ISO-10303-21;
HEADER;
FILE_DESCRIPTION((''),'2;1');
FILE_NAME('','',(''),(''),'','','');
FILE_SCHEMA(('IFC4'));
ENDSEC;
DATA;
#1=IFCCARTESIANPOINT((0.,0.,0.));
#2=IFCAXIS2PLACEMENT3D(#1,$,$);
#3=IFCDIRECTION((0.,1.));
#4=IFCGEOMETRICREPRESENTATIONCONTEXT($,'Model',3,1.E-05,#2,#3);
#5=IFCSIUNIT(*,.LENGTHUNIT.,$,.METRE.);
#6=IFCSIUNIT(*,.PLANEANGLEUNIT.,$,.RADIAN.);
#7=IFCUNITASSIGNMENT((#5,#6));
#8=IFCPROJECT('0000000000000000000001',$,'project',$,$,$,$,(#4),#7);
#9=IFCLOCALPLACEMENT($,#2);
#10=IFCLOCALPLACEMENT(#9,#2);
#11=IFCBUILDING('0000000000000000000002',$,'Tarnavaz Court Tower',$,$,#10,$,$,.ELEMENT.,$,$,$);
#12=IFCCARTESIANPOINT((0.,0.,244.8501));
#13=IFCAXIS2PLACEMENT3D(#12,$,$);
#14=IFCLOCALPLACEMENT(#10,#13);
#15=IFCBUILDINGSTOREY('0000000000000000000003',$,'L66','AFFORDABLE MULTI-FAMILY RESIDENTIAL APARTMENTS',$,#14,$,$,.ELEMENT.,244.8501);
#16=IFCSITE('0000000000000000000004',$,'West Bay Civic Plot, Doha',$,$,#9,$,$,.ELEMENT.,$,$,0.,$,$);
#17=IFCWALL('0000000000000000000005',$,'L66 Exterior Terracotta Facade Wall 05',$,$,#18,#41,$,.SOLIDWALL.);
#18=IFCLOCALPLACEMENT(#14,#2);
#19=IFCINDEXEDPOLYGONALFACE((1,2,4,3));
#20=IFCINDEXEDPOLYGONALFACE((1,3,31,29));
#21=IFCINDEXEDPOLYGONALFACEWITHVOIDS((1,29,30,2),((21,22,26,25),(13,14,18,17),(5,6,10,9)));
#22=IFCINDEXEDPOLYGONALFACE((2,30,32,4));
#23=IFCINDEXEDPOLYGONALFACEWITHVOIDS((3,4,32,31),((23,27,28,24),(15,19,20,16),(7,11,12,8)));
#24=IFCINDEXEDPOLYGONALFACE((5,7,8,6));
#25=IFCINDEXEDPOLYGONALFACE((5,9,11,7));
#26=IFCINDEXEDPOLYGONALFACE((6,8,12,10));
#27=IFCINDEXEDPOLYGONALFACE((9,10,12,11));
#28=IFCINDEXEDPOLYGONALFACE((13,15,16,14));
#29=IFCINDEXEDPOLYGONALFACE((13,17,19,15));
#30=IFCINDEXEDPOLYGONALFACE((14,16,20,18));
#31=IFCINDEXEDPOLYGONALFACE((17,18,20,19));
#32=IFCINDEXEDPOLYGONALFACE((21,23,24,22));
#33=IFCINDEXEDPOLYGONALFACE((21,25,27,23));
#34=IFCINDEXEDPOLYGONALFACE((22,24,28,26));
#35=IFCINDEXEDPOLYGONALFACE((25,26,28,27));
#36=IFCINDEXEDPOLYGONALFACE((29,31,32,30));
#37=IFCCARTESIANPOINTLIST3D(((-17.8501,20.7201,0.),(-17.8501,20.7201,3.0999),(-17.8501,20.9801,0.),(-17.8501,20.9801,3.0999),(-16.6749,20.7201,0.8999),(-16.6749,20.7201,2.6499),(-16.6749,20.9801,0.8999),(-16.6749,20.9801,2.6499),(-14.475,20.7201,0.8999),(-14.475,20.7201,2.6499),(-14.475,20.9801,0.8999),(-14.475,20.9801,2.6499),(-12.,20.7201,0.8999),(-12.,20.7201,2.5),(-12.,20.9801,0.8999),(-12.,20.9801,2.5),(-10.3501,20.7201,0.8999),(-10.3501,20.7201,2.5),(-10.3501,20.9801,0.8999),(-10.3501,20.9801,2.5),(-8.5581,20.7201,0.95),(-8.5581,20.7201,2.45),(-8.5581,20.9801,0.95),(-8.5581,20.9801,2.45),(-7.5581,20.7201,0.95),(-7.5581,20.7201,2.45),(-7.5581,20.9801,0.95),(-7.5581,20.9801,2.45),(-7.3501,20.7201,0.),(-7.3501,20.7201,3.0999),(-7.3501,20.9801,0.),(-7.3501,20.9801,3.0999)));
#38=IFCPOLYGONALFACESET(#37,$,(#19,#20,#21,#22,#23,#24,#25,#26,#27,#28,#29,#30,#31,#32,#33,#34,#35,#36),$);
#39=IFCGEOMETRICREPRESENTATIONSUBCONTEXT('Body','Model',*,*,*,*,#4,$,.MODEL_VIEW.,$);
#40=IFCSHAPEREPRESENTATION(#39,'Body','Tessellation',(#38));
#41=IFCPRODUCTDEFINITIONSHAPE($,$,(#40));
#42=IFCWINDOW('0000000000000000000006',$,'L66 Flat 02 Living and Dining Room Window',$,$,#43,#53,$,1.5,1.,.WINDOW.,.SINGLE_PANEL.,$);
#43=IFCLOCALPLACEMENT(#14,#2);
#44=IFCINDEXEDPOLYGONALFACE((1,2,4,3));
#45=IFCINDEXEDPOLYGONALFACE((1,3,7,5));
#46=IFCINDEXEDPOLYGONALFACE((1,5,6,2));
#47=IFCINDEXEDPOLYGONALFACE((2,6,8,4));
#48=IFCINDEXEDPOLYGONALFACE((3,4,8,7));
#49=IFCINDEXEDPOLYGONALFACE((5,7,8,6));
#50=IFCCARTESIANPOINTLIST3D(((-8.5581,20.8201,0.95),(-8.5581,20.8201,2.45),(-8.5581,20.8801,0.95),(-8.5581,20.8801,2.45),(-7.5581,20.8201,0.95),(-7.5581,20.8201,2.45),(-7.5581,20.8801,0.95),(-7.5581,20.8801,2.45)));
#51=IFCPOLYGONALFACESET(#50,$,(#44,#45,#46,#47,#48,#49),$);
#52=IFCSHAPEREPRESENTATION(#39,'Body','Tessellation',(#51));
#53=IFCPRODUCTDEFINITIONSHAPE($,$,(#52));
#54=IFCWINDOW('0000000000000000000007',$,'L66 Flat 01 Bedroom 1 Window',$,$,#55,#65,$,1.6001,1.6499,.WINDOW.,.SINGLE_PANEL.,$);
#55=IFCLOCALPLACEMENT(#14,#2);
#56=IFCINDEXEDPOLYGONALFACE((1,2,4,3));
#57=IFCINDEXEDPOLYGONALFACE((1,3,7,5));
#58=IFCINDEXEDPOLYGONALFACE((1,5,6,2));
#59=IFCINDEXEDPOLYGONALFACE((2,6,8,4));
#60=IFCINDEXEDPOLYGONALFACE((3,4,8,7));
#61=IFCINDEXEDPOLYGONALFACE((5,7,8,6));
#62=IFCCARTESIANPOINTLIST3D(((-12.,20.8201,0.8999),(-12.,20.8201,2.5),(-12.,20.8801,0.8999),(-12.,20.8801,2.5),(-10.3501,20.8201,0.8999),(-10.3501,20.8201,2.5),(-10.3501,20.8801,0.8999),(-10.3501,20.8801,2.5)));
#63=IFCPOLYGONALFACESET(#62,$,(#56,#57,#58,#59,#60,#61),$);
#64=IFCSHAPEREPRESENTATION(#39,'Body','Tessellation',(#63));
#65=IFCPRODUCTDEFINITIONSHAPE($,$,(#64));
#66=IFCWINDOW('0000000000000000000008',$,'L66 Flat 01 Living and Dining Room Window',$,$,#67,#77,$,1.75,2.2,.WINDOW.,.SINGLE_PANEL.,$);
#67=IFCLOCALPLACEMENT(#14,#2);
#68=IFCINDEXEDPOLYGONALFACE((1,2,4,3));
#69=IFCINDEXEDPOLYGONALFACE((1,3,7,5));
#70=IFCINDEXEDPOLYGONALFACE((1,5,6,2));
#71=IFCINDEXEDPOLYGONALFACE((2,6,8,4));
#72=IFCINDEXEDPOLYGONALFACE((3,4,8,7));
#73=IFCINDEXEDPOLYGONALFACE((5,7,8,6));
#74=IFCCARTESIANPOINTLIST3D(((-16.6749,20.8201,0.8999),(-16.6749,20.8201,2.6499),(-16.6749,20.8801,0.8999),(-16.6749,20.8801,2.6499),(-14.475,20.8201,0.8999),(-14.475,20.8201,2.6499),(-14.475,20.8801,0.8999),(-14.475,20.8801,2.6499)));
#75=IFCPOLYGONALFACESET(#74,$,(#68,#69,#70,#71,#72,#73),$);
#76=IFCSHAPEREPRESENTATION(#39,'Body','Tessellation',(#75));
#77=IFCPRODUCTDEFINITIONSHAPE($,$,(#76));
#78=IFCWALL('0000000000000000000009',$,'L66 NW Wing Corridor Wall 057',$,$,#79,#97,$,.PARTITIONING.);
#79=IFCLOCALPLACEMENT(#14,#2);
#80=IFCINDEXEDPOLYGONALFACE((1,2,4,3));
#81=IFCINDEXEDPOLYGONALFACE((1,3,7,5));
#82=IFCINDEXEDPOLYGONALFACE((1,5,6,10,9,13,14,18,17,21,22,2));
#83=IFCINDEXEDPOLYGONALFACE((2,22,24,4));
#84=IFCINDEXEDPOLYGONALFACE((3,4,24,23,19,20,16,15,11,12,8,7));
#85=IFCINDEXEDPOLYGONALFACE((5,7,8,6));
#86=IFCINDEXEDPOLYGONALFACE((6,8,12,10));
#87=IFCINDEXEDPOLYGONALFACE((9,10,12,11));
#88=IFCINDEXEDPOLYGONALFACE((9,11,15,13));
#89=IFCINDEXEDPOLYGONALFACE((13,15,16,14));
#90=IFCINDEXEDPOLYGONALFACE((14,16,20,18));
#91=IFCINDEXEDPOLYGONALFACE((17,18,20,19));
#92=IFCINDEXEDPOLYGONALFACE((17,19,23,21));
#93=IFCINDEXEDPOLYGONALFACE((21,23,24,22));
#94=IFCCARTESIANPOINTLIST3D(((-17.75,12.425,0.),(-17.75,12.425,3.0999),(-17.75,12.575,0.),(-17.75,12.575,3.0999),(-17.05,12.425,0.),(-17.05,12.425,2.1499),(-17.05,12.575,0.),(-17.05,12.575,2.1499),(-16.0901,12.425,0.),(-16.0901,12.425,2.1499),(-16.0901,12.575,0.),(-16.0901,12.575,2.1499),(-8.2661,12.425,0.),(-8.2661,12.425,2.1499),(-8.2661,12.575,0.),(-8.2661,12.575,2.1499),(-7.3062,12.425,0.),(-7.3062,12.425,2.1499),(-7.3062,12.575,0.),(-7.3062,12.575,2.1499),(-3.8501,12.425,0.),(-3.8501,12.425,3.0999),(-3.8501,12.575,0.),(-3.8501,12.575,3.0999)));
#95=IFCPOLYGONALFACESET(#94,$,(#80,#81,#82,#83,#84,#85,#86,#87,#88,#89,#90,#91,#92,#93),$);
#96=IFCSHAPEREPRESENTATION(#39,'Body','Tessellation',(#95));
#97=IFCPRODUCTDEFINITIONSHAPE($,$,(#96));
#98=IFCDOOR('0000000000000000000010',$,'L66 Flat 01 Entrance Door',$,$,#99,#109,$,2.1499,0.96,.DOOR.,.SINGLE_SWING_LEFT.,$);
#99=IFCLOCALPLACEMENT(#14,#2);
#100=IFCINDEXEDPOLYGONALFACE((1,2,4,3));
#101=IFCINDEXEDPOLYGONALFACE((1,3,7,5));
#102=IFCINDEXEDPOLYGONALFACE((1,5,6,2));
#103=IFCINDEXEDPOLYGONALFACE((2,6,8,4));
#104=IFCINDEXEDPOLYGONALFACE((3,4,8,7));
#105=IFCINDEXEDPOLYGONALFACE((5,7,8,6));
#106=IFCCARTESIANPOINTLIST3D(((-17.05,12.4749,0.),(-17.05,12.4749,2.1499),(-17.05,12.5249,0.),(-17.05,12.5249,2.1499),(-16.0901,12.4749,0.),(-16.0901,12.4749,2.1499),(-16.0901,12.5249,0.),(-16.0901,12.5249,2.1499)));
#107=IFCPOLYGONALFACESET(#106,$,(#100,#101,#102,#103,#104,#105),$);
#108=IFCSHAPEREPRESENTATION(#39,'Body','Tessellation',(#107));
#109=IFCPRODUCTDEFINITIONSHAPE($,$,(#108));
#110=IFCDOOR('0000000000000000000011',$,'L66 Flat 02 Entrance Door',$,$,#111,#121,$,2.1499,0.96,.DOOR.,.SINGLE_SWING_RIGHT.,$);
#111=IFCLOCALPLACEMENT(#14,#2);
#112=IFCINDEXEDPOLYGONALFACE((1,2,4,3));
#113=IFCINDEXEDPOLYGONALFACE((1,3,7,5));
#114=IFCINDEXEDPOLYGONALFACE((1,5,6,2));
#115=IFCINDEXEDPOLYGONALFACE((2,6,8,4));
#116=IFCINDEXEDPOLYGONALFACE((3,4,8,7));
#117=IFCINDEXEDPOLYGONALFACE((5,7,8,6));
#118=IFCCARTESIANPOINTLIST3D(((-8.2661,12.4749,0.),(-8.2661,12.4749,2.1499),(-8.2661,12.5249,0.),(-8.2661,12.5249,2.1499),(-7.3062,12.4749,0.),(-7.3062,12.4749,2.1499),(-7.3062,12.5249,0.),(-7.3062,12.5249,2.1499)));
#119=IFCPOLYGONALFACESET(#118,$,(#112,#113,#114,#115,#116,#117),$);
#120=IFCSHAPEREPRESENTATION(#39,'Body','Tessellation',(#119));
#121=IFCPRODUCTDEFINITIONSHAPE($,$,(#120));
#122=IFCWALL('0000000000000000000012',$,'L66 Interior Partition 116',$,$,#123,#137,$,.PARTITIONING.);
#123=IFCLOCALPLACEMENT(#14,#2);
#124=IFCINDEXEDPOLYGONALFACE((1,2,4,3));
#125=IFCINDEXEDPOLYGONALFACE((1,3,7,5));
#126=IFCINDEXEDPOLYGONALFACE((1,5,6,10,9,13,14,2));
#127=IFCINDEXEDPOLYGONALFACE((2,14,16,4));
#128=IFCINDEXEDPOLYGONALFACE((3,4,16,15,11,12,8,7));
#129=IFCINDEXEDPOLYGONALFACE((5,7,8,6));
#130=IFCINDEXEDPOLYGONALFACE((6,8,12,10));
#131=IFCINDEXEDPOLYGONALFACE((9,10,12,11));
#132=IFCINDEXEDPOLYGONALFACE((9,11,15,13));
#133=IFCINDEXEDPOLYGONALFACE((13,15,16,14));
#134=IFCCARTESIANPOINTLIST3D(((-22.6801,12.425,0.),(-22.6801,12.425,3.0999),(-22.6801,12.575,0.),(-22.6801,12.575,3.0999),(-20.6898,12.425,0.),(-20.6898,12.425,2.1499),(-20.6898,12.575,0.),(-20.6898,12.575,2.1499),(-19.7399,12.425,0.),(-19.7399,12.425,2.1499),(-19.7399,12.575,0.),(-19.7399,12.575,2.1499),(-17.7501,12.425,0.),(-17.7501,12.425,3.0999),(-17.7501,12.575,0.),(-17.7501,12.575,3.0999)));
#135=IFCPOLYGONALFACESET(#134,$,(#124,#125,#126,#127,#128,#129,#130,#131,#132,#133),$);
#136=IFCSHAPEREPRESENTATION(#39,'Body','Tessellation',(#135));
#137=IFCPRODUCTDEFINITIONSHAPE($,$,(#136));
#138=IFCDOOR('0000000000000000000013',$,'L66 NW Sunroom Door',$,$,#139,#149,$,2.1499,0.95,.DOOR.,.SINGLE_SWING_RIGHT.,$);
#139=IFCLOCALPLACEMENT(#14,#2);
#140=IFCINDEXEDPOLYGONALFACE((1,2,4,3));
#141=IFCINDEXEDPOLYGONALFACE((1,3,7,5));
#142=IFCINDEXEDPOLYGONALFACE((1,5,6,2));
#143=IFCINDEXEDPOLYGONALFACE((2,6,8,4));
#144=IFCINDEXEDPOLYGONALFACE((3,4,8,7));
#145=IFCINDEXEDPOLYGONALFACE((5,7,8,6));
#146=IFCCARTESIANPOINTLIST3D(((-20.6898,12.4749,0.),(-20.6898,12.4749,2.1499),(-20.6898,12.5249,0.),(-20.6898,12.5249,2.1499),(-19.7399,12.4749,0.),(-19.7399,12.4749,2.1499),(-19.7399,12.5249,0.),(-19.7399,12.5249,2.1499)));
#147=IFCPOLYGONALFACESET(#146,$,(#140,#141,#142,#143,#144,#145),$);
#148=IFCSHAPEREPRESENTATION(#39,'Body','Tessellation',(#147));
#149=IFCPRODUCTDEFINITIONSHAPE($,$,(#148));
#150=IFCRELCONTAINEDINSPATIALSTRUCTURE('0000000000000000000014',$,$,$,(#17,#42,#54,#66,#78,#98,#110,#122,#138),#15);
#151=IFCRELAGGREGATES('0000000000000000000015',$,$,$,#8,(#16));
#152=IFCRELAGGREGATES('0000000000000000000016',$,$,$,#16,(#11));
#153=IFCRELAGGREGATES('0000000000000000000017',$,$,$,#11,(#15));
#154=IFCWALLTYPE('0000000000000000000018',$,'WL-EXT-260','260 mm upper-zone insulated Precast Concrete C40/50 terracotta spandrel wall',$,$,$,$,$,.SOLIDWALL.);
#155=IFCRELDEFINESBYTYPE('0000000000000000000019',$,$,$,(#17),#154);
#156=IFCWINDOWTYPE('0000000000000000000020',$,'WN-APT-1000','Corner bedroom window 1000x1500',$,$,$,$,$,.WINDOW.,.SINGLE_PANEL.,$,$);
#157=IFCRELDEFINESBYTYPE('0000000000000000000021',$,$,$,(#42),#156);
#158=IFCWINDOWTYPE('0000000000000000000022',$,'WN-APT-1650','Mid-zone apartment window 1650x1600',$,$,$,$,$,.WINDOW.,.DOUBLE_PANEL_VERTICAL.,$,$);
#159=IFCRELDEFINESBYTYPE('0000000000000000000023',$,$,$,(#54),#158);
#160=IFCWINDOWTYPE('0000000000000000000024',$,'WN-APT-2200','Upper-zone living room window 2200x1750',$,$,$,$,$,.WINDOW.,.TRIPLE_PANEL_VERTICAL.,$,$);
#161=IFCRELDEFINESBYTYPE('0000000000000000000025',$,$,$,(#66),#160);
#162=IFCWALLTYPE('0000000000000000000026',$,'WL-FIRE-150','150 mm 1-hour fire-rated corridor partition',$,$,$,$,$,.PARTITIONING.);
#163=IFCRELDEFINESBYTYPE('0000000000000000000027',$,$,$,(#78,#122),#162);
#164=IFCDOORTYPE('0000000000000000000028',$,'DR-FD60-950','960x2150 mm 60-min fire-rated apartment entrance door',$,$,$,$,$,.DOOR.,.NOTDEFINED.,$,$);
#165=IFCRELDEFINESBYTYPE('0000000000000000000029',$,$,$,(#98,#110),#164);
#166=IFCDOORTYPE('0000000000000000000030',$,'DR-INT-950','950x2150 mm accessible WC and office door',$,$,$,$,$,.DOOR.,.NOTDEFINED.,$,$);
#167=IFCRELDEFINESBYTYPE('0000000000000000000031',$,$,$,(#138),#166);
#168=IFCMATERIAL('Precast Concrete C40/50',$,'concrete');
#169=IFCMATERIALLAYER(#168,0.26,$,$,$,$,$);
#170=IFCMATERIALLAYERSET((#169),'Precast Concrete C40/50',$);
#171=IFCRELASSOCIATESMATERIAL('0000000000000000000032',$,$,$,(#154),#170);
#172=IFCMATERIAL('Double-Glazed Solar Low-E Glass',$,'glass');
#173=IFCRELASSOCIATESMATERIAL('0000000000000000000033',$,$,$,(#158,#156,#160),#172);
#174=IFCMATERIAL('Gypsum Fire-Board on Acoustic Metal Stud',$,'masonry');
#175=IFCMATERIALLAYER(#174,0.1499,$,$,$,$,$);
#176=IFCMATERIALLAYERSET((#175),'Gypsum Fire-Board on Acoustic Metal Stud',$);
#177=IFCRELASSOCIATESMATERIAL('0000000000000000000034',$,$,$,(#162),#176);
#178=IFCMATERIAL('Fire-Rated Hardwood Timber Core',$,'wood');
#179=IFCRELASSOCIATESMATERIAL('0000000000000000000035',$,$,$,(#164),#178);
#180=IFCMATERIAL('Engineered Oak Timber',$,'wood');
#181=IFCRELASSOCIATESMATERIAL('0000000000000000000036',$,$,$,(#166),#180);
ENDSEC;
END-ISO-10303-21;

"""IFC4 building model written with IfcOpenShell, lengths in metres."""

from ifc_helpers import new_model, si_unit, direction, frame, frame_2d, origin, place, context, subcontext, project, spatial, rectangle, extrude, material, layer, layer_set, type_object, element, fill, save


model = new_model("IFC4")

# Units and contexts
model_context = context("Model", 3, precision=1e-05, world=origin(), true_north=direction((0.0, 1.0)))
body_context = subcontext(model_context, "Body", "Model", "MODEL_VIEW")
ifc_project = project(units=[si_unit("LENGTHUNIT", "METRE"), si_unit("PLANEANGLEUNIT", "RADIAN")], contexts=[model_context])

# Site, building, storey
site_placement = place(None, origin())
site = spatial("IfcSite", under=ifc_project, at=site_placement, Name="West Bay Civic Plot, Doha", CompositionType="ELEMENT", RefElevation=0.0)
building_placement = place(site_placement, origin())
building = spatial("IfcBuilding", under=site, at=building_placement, Name="Tarnavaz Court Tower", CompositionType="ELEMENT")
storey_placement = place(building_placement, frame((0.0, 0.0, 244.8501)))
storey = spatial("IfcBuildingStorey", under=building, at=storey_placement, Name="L66", Description="AFFORDABLE MULTI-FAMILY RESIDENTIAL APARTMENTS", CompositionType="ELEMENT", Elevation=244.8501)

# Shared definitions
ifc_material_1 = material(Name="Precast Concrete C40/50", Category="concrete")
ifc_layer_1 = layer(ifc_material_1, 0.26)
ifc_layer_set_1 = layer_set([ifc_layer_1], Name="Precast Concrete C40/50")
wall_type_1 = type_object("IfcWallType", Name="WL-EXT-260", Description="260 mm upper-zone insulated Precast Concrete C40/50 terracotta spandrel wall", PredefinedType="SOLIDWALL", material=ifc_layer_set_1)
ifc_material_2 = material(Name="Double-Glazed Solar Low-E Glass", Category="glass")
window_type_1 = type_object("IfcWindowType", Name="WN-APT-1650", Description="Mid-zone apartment window 1650x1600", PartitioningType="DOUBLE_PANEL_VERTICAL", PredefinedType="WINDOW", material=ifc_material_2)

# Wall, openings, windows
wall_1_placement = place(storey_placement, frame((-17.8501, 20.8501, 0.0), z_axis=(0.0, 0.0, 1.0), x_axis=(1.0, 0.0, 0.0)))
wall_1 = element("IfcWall", 1, at=wall_1_placement, inside=storey, type_object=wall_type_1, Name="L66 Exterior Terracotta Facade Wall 05", PredefinedType="SOLIDWALL", context=body_context, shape_type="SweptSolid", body=[
    extrude(rectangle(XDim=10.5, YDim=0.26, at=frame_2d((5.25, 0.0))), origin(), (0.0, 0.0, 1.0), 3.0999),
])
opening_1_placement = place(wall_1_placement, frame((1.175, 0.0, 0.8999)))
opening_1 = element("IfcOpeningElement", 2, at=opening_1_placement, cuts=wall_1, PredefinedType="OPENING", context=body_context, shape_type="SweptSolid", body=[
    extrude(rectangle(XDim=2.2, YDim=1.75, at=frame_2d((1.1001, 0.875))), frame((0.0, 0.1399, 0.0), z_axis=(0.0, -1.0, 0.0), x_axis=(1.0, 0.0, 0.0)), (0.0, 0.0, 1.0), 0.28),
])
opening_2_placement = place(wall_1_placement, frame((5.8501, 0.0, 0.8999)))
opening_2 = element("IfcOpeningElement", 3, at=opening_2_placement, cuts=wall_1, PredefinedType="OPENING", context=body_context, shape_type="SweptSolid", body=[
    extrude(rectangle(XDim=1.6499, YDim=1.6001, at=frame_2d((0.825, 0.8))), frame((0.0, 0.1399, 0.0), z_axis=(0.0, -1.0, 0.0), x_axis=(1.0, 0.0, 0.0)), (0.0, 0.0, 1.0), 0.28),
])
opening_3_placement = place(wall_1_placement, frame((9.292, 0.0, 0.95)))
opening_3 = element("IfcOpeningElement", 4, at=opening_3_placement, cuts=wall_1, PredefinedType="OPENING", context=body_context, shape_type="SweptSolid", body=[
    extrude(rectangle(XDim=1.0, YDim=1.5, at=frame_2d((0.5, 0.75))), frame((0.0, 0.1399, 0.0), z_axis=(0.0, -1.0, 0.0), x_axis=(1.0, 0.0, 0.0)), (0.0, 0.0, 1.0), 0.28),
])
window_type_2 = type_object("IfcWindowType", Name="WN-APT-1000", Description="Corner bedroom window 1000x1500", PartitioningType="SINGLE_PANEL", PredefinedType="WINDOW", material=ifc_material_2)
window_1_placement = place(opening_3_placement, origin())
window_1 = element("IfcWindow", 5, at=window_1_placement, inside=storey, type_object=window_type_2, Name="L66 Flat 02 Living and Dining Room Window", OverallHeight=1.5, OverallWidth=1.0, PartitioningType="SINGLE_PANEL", PredefinedType="WINDOW", context=body_context, shape_type="SweptSolid", body=[
    extrude(rectangle(XDim=1.0, YDim=1.5, at=frame_2d((0.5, 0.75))), frame((0.0, 0.03, 0.0), z_axis=(0.0, -1.0, 0.0), x_axis=(1.0, 0.0, 0.0)), (0.0, 0.0, 1.0), 0.0601),
])
fill(opening_3, window_1)
window_2_placement = place(opening_2_placement, origin())
window_2 = element("IfcWindow", 6, at=window_2_placement, inside=storey, type_object=window_type_1, Name="L66 Flat 01 Bedroom 1 Window", OverallHeight=1.6001, OverallWidth=1.6499, PartitioningType="SINGLE_PANEL", PredefinedType="WINDOW", context=body_context, shape_type="SweptSolid", body=[
    extrude(rectangle(XDim=1.6499, YDim=1.6001, at=frame_2d((0.825, 0.8))), frame((0.0, 0.03, 0.0), z_axis=(0.0, -1.0, 0.0), x_axis=(1.0, 0.0, 0.0)), (0.0, 0.0, 1.0), 0.0601),
])
fill(opening_2, window_2)
window_type_3 = type_object("IfcWindowType", Name="WN-APT-2200", Description="Upper-zone living room window 2200x1750", PartitioningType="TRIPLE_PANEL_VERTICAL", PredefinedType="WINDOW", material=ifc_material_2)
window_3_placement = place(opening_1_placement, origin())
window_3 = element("IfcWindow", 7, at=window_3_placement, inside=storey, type_object=window_type_3, Name="L66 Flat 01 Living and Dining Room Window", OverallHeight=1.75, OverallWidth=2.2, PartitioningType="SINGLE_PANEL", PredefinedType="WINDOW", context=body_context, shape_type="SweptSolid", body=[
    extrude(rectangle(XDim=2.2, YDim=1.75, at=frame_2d((1.1001, 0.875))), frame((0.0, 0.03, 0.0), z_axis=(0.0, -1.0, 0.0), x_axis=(1.0, 0.0, 0.0)), (0.0, 0.0, 1.0), 0.0601),
])
fill(opening_1, window_3)

# Wall, openings, doors
ifc_material_3 = material(Name="Gypsum Fire-Board on Acoustic Metal Stud", Category="masonry")
ifc_layer_2 = layer(ifc_material_3, 0.1499)
ifc_layer_set_2 = layer_set([ifc_layer_2], Name="Gypsum Fire-Board on Acoustic Metal Stud")
wall_type_2 = type_object("IfcWallType", Name="WL-FIRE-150", Description="150 mm 1-hour fire-rated corridor partition", PredefinedType="PARTITIONING", material=ifc_layer_set_2)
wall_2_placement = place(storey_placement, frame((-17.75, 12.5, 0.0), z_axis=(0.0, 0.0, 1.0), x_axis=(1.0, 0.0, 0.0)))
wall_2 = element("IfcWall", 8, at=wall_2_placement, inside=storey, type_object=wall_type_2, Name="L66 NW Wing Corridor Wall 057", PredefinedType="PARTITIONING", context=body_context, shape_type="SweptSolid", body=[
    extrude(rectangle(XDim=13.8999, YDim=0.1499, at=frame_2d((6.95, 0.0))), origin(), (0.0, 0.0, 1.0), 3.0999),
])
opening_4_placement = place(wall_2_placement, frame((0.7, 0.0, 0.0)))
opening_4 = element("IfcOpeningElement", 9, at=opening_4_placement, cuts=wall_2, PredefinedType="OPENING", context=body_context, shape_type="SweptSolid", body=[
    extrude(rectangle(XDim=0.96, YDim=2.1499, at=frame_2d((0.48, 1.075))), frame((0.0, 0.085, 0.0), z_axis=(0.0, -1.0, 0.0), x_axis=(1.0, 0.0, 0.0)), (0.0, 0.0, 1.0), 0.1699),
])
opening_5_placement = place(wall_2_placement, frame((9.4839, 0.0, 0.0)))
opening_5 = element("IfcOpeningElement", 10, at=opening_5_placement, cuts=wall_2, PredefinedType="OPENING", context=body_context, shape_type="SweptSolid", body=[
    extrude(rectangle(XDim=0.96, YDim=2.1499, at=frame_2d((0.48, 1.075))), frame((0.0, 0.085, 0.0), z_axis=(0.0, -1.0, 0.0), x_axis=(1.0, 0.0, 0.0)), (0.0, 0.0, 1.0), 0.1699),
])
ifc_material_4 = material(Name="Fire-Rated Hardwood Timber Core", Category="wood")
door_type_1 = type_object("IfcDoorType", Name="DR-FD60-950", Description="960x2150 mm 60-min fire-rated apartment entrance door", OperationType="NOTDEFINED", PredefinedType="DOOR", material=ifc_material_4)
door_1_placement = place(opening_4_placement, origin())
door_1 = element("IfcDoor", 11, at=door_1_placement, inside=storey, type_object=door_type_1, Name="L66 Flat 01 Entrance Door", OperationType="SINGLE_SWING_LEFT", OverallHeight=2.1499, OverallWidth=0.96, PredefinedType="DOOR", context=body_context, shape_type="SweptSolid", body=[
    extrude(rectangle(XDim=0.96, YDim=2.1499, at=frame_2d((0.48, 1.075))), frame((0.0, 0.0249, 0.0), z_axis=(0.0, -1.0, 0.0), x_axis=(1.0, 0.0, 0.0)), (0.0, 0.0, 1.0), 0.05),
])
fill(opening_4, door_1)
door_2_placement = place(opening_5_placement, origin())
door_2 = element("IfcDoor", 12, at=door_2_placement, inside=storey, type_object=door_type_1, Name="L66 Flat 02 Entrance Door", OperationType="SINGLE_SWING_RIGHT", OverallHeight=2.1499, OverallWidth=0.96, PredefinedType="DOOR", context=body_context, shape_type="SweptSolid", body=[
    extrude(rectangle(XDim=0.96, YDim=2.1499, at=frame_2d((0.48, 1.075))), frame((0.0, 0.0249, 0.0), z_axis=(0.0, -1.0, 0.0), x_axis=(1.0, 0.0, 0.0)), (0.0, 0.0, 1.0), 0.05),
])
fill(opening_5, door_2)

# Wall, opening, door
wall_3_placement = place(storey_placement, frame((-22.6799, 12.5, 0.0), z_axis=(0.0, 0.0, 1.0), x_axis=(1.0, 0.0, 0.0)))
wall_3 = element("IfcWall", 13, at=wall_3_placement, inside=storey, type_object=wall_type_2, Name="L66 Interior Partition 116", PredefinedType="PARTITIONING", context=body_context, shape_type="SweptSolid", body=[
    extrude(rectangle(XDim=4.9299, YDim=0.1499, at=frame_2d((2.4648, 0.0))), origin(), (0.0, 0.0, 1.0), 3.0999),
])
opening_6_placement = place(wall_3_placement, frame((1.99, 0.0, 0.0)))
opening_6 = element("IfcOpeningElement", 14, at=opening_6_placement, cuts=wall_3, PredefinedType="OPENING", context=body_context, shape_type="SweptSolid", body=[
    extrude(rectangle(XDim=0.95, YDim=2.1499, at=frame_2d((0.4751, 1.075))), frame((0.0, 0.085, 0.0), z_axis=(0.0, -1.0, 0.0), x_axis=(1.0, 0.0, 0.0)), (0.0, 0.0, 1.0), 0.1699),
])
ifc_material_5 = material(Name="Engineered Oak Timber", Category="wood")
door_type_2 = type_object("IfcDoorType", Name="DR-INT-950", Description="950x2150 mm accessible WC and office door", OperationType="NOTDEFINED", PredefinedType="DOOR", material=ifc_material_5)
door_3_placement = place(opening_6_placement, origin())
door_3 = element("IfcDoor", 15, at=door_3_placement, inside=storey, type_object=door_type_2, Name="L66 NW Sunroom Door", OperationType="SINGLE_SWING_RIGHT", OverallHeight=2.1499, OverallWidth=0.95, PredefinedType="DOOR", context=body_context, shape_type="SweptSolid", body=[
    extrude(rectangle(XDim=0.95, YDim=2.1499, at=frame_2d((0.4751, 1.075))), frame((0.0, 0.0249, 0.0), z_axis=(0.0, -1.0, 0.0), x_axis=(1.0, 0.0, 0.0)), (0.0, 0.0, 1.0), 0.05),
])
fill(opening_6, door_3)

save(model, "model.ifc")
